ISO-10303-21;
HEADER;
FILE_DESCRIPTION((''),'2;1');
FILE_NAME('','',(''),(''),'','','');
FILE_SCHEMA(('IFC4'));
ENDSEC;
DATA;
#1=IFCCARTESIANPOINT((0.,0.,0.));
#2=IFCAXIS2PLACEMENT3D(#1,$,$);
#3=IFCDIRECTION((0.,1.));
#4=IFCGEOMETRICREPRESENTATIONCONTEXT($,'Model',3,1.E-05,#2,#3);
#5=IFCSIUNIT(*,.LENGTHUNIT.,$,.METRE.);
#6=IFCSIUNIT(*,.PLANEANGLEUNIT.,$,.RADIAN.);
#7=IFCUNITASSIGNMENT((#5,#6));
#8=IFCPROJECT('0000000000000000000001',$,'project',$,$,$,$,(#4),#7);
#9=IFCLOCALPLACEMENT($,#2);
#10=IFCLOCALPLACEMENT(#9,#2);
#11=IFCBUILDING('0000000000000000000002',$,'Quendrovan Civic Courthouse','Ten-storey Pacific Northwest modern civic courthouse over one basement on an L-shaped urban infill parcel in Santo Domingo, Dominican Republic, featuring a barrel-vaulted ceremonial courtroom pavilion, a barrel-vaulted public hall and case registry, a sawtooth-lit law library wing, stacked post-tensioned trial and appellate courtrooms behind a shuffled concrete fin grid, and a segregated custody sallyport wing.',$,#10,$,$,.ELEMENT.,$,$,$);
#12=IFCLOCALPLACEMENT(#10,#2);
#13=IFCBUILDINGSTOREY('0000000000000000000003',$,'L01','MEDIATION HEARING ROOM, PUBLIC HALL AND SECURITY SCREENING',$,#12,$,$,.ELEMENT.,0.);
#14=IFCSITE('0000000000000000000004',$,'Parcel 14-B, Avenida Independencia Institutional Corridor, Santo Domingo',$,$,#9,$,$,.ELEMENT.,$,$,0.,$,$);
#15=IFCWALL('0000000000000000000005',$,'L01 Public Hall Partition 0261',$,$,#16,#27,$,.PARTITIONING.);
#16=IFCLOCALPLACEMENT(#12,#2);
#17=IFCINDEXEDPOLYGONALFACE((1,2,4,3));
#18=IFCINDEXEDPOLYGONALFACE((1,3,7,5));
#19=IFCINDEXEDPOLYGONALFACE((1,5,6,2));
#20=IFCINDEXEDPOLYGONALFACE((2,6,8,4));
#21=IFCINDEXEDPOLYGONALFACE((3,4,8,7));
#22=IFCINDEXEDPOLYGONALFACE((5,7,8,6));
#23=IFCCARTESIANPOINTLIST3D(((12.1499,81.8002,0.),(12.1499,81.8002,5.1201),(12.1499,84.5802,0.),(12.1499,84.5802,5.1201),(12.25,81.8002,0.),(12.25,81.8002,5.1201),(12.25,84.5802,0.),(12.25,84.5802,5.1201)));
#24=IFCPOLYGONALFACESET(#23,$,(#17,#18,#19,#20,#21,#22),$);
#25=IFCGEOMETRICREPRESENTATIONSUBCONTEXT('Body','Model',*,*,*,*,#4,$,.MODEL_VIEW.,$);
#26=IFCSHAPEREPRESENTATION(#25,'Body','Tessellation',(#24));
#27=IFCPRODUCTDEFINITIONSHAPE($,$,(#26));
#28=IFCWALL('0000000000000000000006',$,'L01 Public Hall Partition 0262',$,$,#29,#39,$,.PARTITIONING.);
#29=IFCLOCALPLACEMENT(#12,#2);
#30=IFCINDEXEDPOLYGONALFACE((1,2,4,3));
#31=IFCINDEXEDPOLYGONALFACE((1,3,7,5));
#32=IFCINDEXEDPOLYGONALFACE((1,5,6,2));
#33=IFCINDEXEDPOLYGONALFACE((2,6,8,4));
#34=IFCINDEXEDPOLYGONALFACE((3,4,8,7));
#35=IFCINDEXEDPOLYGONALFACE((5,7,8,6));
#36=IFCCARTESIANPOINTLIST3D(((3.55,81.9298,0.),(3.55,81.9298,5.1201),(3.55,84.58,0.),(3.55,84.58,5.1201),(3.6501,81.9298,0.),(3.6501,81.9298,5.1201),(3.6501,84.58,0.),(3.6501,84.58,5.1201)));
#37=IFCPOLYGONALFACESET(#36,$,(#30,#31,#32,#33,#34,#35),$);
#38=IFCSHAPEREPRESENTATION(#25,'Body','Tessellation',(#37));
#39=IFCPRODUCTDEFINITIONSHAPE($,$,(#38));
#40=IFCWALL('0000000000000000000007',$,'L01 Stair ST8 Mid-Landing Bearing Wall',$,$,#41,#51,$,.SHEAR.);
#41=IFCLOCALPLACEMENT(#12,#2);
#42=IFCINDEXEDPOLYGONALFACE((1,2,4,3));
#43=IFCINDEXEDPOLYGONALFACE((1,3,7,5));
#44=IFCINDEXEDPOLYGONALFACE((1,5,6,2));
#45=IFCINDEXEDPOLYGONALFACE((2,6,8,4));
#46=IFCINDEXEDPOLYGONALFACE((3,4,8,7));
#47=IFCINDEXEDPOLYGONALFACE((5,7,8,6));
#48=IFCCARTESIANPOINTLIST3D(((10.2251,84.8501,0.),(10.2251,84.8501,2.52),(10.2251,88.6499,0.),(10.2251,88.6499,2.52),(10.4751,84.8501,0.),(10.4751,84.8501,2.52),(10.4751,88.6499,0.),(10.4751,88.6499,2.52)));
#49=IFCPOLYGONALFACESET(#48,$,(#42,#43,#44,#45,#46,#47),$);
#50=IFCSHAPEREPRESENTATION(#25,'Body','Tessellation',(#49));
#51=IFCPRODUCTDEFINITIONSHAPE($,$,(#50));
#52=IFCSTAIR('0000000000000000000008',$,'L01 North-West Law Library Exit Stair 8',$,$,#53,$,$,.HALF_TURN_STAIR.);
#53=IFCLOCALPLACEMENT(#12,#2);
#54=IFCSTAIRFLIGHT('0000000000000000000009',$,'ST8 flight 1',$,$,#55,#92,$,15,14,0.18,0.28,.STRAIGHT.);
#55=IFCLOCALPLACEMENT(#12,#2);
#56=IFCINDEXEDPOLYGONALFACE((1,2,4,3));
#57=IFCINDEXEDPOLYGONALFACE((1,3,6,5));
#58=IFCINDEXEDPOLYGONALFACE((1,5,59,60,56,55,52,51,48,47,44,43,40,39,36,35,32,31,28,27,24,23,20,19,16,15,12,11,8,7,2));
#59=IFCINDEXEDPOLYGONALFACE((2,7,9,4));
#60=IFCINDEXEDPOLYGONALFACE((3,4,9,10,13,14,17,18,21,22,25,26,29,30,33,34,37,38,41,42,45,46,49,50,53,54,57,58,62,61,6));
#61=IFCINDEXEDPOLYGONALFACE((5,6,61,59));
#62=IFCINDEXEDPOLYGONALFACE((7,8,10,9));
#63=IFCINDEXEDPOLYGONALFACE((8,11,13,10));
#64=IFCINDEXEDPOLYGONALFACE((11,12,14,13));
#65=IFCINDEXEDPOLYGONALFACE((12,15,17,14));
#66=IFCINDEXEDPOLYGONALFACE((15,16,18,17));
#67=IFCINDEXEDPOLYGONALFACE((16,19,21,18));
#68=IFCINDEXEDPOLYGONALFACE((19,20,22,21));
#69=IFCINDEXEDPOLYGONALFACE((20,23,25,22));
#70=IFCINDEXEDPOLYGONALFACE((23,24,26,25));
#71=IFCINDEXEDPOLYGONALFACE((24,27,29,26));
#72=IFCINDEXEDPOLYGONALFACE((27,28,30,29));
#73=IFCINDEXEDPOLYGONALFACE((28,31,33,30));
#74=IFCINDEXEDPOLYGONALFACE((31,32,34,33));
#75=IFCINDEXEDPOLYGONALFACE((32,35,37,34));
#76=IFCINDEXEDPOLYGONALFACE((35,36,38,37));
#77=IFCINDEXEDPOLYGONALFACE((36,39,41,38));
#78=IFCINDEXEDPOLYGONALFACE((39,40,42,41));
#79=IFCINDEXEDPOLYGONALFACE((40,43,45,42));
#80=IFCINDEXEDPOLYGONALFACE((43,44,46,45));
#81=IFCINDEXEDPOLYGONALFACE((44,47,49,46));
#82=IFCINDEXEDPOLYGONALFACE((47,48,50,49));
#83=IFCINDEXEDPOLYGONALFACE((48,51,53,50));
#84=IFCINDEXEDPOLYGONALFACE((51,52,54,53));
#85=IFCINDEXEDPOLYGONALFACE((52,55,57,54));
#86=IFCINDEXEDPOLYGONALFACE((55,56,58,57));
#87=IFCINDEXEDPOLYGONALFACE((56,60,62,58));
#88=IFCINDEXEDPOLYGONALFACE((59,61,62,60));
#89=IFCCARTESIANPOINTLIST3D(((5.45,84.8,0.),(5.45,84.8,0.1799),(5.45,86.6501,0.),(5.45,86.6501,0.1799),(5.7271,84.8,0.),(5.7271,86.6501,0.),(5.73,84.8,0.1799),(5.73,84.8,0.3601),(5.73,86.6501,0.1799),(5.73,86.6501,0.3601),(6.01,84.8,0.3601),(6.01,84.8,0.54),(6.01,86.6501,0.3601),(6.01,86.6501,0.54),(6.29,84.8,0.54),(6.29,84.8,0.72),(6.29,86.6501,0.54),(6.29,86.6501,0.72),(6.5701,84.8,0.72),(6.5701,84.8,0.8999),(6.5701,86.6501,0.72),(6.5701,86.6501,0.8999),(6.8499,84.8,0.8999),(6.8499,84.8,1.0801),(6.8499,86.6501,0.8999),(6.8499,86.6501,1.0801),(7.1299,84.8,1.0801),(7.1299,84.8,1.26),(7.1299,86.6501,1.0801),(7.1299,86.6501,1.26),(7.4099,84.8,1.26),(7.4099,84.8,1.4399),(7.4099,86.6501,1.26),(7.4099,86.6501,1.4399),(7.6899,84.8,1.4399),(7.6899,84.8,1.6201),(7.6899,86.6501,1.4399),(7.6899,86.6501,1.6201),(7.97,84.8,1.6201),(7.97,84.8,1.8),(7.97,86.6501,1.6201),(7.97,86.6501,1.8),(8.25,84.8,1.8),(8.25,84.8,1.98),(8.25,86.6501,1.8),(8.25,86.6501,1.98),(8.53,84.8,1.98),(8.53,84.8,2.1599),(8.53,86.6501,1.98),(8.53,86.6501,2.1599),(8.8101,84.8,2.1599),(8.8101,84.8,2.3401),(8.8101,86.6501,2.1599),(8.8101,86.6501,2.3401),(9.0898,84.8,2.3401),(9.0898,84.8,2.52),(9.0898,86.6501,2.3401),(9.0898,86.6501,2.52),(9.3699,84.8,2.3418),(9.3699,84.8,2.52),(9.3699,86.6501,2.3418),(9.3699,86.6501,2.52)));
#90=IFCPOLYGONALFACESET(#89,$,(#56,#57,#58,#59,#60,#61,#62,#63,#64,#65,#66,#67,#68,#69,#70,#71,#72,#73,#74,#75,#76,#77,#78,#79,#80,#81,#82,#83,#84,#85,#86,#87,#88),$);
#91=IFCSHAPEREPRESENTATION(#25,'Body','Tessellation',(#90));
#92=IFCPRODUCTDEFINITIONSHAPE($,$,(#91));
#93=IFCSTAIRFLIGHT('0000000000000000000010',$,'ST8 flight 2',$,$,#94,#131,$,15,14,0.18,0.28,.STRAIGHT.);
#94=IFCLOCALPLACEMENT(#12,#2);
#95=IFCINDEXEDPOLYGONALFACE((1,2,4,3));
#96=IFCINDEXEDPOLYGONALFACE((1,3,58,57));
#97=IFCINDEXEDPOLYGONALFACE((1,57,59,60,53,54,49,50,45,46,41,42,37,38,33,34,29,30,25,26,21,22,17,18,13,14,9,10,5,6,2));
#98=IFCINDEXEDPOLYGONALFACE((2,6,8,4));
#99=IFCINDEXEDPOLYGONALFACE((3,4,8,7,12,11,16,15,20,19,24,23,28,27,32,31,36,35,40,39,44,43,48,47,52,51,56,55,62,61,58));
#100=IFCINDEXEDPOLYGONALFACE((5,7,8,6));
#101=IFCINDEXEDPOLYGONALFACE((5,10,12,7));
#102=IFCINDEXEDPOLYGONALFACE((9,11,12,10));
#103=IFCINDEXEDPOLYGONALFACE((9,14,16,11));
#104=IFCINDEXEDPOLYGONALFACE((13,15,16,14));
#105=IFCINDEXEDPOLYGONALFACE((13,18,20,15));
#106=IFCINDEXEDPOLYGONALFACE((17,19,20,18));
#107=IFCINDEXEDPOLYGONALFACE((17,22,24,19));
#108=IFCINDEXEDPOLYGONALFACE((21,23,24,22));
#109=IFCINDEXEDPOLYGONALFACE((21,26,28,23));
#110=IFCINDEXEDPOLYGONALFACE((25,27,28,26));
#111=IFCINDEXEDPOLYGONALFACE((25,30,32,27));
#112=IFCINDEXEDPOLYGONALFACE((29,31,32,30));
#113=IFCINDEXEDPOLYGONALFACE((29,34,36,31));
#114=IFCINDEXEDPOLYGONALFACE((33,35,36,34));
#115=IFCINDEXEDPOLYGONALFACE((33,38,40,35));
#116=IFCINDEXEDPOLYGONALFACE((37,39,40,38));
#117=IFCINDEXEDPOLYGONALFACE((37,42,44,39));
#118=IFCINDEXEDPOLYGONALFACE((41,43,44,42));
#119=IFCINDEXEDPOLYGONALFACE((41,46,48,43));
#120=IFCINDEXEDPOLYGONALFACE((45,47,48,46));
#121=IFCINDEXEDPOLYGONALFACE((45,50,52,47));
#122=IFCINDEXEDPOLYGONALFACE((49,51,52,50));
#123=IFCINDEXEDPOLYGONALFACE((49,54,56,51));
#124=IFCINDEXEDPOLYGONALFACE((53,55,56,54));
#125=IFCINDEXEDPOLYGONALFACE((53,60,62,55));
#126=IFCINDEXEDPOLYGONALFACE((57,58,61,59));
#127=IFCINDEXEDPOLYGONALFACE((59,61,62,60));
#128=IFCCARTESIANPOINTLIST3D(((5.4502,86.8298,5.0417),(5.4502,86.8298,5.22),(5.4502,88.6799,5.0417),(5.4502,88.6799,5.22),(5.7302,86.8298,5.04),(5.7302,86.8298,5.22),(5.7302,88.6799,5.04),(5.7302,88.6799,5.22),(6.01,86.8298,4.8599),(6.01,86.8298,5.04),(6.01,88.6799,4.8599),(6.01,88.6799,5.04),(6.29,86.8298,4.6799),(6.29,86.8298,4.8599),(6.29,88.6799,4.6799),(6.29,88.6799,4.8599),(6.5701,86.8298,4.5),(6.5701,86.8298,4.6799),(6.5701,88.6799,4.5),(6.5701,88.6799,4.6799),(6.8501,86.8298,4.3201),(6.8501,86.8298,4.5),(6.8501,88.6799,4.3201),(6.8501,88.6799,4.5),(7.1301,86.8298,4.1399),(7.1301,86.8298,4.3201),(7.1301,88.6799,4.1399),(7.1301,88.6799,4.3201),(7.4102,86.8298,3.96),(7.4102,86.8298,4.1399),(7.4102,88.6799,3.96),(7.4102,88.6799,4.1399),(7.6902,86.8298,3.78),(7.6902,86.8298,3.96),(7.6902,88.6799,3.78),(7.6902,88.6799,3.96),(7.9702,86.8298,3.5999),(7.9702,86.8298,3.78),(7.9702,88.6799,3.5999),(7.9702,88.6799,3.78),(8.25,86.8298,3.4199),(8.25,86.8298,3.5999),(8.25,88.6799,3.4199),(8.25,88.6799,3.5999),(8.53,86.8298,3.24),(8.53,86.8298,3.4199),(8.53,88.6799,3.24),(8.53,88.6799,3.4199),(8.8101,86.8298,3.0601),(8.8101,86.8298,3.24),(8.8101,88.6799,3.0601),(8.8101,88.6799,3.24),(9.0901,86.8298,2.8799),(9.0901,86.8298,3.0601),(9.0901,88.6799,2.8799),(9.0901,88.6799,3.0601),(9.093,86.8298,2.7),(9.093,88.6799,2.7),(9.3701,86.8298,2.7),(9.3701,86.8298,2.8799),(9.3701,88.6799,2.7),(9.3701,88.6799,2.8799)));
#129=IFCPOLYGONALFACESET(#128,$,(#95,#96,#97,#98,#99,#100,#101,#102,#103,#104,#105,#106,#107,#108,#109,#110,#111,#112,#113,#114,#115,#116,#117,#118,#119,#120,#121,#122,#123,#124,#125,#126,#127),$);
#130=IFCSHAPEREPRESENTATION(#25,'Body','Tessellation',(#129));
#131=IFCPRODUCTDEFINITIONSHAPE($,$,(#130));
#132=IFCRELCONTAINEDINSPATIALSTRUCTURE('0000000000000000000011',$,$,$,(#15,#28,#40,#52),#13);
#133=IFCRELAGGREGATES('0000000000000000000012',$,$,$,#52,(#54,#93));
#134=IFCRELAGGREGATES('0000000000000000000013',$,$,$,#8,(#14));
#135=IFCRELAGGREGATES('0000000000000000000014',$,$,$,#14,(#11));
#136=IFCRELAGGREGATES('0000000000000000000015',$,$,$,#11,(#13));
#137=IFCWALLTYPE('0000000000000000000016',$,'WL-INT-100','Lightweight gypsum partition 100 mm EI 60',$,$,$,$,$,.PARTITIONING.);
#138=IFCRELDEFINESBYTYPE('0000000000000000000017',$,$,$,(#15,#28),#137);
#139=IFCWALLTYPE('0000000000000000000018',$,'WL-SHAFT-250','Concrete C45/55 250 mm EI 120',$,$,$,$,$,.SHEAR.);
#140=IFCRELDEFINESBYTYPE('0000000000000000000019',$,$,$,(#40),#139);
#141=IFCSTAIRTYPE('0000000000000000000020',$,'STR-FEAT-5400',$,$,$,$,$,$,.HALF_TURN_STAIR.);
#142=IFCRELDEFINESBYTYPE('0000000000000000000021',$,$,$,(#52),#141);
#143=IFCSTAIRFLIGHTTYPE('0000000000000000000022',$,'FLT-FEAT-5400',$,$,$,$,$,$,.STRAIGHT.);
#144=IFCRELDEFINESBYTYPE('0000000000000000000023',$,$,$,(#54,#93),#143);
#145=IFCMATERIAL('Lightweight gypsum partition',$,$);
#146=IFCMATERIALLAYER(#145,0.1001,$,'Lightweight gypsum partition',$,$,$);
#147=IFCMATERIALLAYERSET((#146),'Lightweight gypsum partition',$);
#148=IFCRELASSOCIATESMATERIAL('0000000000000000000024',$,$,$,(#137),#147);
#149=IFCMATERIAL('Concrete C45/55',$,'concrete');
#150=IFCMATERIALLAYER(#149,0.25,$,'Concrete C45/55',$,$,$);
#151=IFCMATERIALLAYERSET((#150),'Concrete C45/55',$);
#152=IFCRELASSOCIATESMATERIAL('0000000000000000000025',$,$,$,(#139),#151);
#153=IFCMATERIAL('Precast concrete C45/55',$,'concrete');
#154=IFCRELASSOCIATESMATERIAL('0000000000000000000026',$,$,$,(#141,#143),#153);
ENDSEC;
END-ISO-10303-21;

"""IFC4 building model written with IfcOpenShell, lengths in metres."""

from ifc_helpers import new_model, si_unit, direction, frame, frame_2d, origin, place, context, subcontext, project, spatial, polyline, rectangle, outline, extrude, material, layer, layer_set, type_object, element, aggregate, save


model = new_model("IFC4")

# Units and contexts
model_context = context("Model", 3, precision=1e-05, world=origin(), true_north=direction((0.0, 1.0)))
body_context = subcontext(model_context, "Body", "Model", "MODEL_VIEW")
ifc_project = project(units=[si_unit("LENGTHUNIT", "METRE"), si_unit("PLANEANGLEUNIT", "RADIAN")], contexts=[model_context])

# Site, building, storey
site_placement = place(None, origin())
site = spatial("IfcSite", under=ifc_project, at=site_placement, Name="Parcel 14-B, Avenida Independencia Institutional Corridor, Santo Domingo", CompositionType="ELEMENT", RefElevation=0.0)
building_placement = place(site_placement, origin())
building = spatial("IfcBuilding", under=site, at=building_placement, Name="Quendrovan Civic Courthouse", Description="Ten-storey Pacific Northwest modern civic courthouse over one basement on an L-shaped urban infill parcel in Santo Domingo, Dominican Republic, featuring a barrel-vaulted ceremonial courtroom pavilion, a barrel-vaulted public hall and case registry, a sawtooth-lit law library wing, stacked post-tensioned trial and appellate courtrooms behind a shuffled concrete fin grid, and a segregated custody sallyport wing.", CompositionType="ELEMENT")
storey_placement = place(building_placement, origin())
storey = spatial("IfcBuildingStorey", under=building, at=storey_placement, Name="L01", Description="MEDIATION HEARING ROOM, PUBLIC HALL AND SECURITY SCREENING", CompositionType="ELEMENT", Elevation=0.0)

# Shared definitions
ifc_material_1 = material(Name="Concrete C45/55", Category="concrete")

# Walls
ifc_material_2 = material(Name="Lightweight gypsum partition")
ifc_layer_1 = layer(ifc_material_2, 0.1001, Name="Lightweight gypsum partition")
ifc_layer_set_1 = layer_set([ifc_layer_1], Name="Lightweight gypsum partition")
wall_type_1 = type_object("IfcWallType", Name="WL-INT-100", Description="Lightweight gypsum partition 100 mm EI 60", PredefinedType="PARTITIONING", material=ifc_layer_set_1)
wall_1_placement = place(storey_placement, frame((12.2, 81.8, 0.0), z_axis=(0.0, 0.0, 1.0), x_axis=(0.0, 1.0, 0.0)))
element("IfcWall", 1, at=wall_1_placement, inside=storey, type_object=wall_type_1, Name="L01 Public Hall Partition 0261", PredefinedType="PARTITIONING", context=body_context, shape_type="SweptSolid", body=[
    extrude(rectangle(XDim=2.78, YDim=0.1001, at=frame_2d((1.3901, 0.0))), origin(), (0.0, 0.0, 1.0), 5.1201),
])
wall_2_placement = place(storey_placement, frame((3.6001, 84.5801, 0.0), z_axis=(0.0, 0.0, 1.0), x_axis=(0.0, -1.0, 0.0)))
element("IfcWall", 2, at=wall_2_placement, inside=storey, type_object=wall_type_1, Name="L01 Public Hall Partition 0262", PredefinedType="PARTITIONING", context=body_context, shape_type="SweptSolid", body=[
    extrude(rectangle(XDim=2.6501, YDim=0.1001, at=frame_2d((1.3252, 0.0))), origin(), (0.0, 0.0, 1.0), 5.1201),
])
ifc_layer_2 = layer(ifc_material_1, 0.25, Name="Concrete C45/55")
ifc_layer_set_2 = layer_set([ifc_layer_2], Name="Concrete C45/55")
wall_type_2 = type_object("IfcWallType", Name="WL-SHAFT-250", Description="Concrete C45/55 250 mm EI 120", PredefinedType="SHEAR", material=ifc_layer_set_2)
wall_3_placement = place(storey_placement, frame((10.3501, 84.8501, 0.0), z_axis=(0.0, 0.0, 1.0), x_axis=(0.0, 1.0, 0.0)))
element("IfcWall", 3, at=wall_3_placement, inside=storey, type_object=wall_type_2, Name="L01 Stair ST8 Mid-Landing Bearing Wall", PredefinedType="SHEAR", context=body_context, shape_type="SweptSolid", body=[
    extrude(rectangle(XDim=3.7998, YDim=0.25, at=frame_2d((1.8999, 0.0))), origin(), (0.0, 0.0, 1.0), 2.52),
])

# Stair, stair flights
ifc_material_3 = material(Name="Precast concrete C45/55", Category="concrete")
stair_type = type_object("IfcStairType", Name="STR-FEAT-5400", PredefinedType="HALF_TURN_STAIR", material=ifc_material_3)
stair_placement = place(storey_placement, origin())
stair = element("IfcStair", 4, at=stair_placement, inside=storey, type_object=stair_type, Name="L01 North-West Law Library Exit Stair 8", PredefinedType="HALF_TURN_STAIR")
stair_flight_type = type_object("IfcStairFlightType", Name="FLT-FEAT-5400", PredefinedType="STRAIGHT", material=ifc_material_3)
stair_flight_1_placement = place(storey_placement, frame((5.45, 85.7251, 0.0), z_axis=(0.0, 0.0, 1.0), x_axis=(1.0, 0.0, 0.0)))
stair_flight_1 = element("IfcStairFlight", 5, at=stair_flight_1_placement, type_object=stair_flight_type, Name="ST8 flight 1", NumberOfRisers=15, NumberOfTreads=14, PredefinedType="STRAIGHT", RiserHeight=0.18, TreadLength=0.28, context=body_context, shape_type="SweptSolid", body=[
    extrude(outline(polyline([(0.0, 0.0), (0.0, 0.1799), (0.28, 0.1799), (0.28, 0.3601), (0.5601, 0.3601), (0.5601, 0.54), (0.8401, 0.54), (0.8401, 0.72), (1.1201, 0.72), (1.1201, 0.8999), (1.3999, 0.8999), (1.3999, 1.0801), (1.6799, 1.0801), (1.6799, 1.26), (1.96, 1.26), (1.96, 1.4399), (2.24, 1.4399), (2.24, 1.6201), (2.52, 1.6201), (2.52, 1.8), (2.8, 1.8), (2.8, 1.98), (3.0801, 1.98), (3.0801, 2.1599), (3.3601, 2.1599), (3.3601, 2.3401), (3.6399, 2.3401), (3.6399, 2.52), (3.9199, 2.52), (3.9199, 2.7), (3.9199, 2.3418), (0.2771, 0.0), (0.0, 0.0)])), frame((0.0, 0.925, 0.0), z_axis=(0.0, -1.0, 0.0), x_axis=(1.0, 0.0, 0.0)), (0.0, 0.0, 1.0), 1.8501),
])
stair_flight_2_placement = place(storey_placement, frame((9.3701, 87.7549, 2.7), z_axis=(0.0, 0.0, 1.0), x_axis=(-1.0, 0.0, 0.0)))
stair_flight_2 = element("IfcStairFlight", 6, at=stair_flight_2_placement, type_object=stair_flight_type, Name="ST8 flight 2", NumberOfRisers=15, NumberOfTreads=14, PredefinedType="STRAIGHT", RiserHeight=0.18, TreadLength=0.28, context=body_context, shape_type="SweptSolid", body=[
    extrude(outline(polyline([(0.0, 0.0), (0.0, 0.1799), (0.28, 0.1799), (0.28, 0.3601), (0.5601, 0.3601), (0.5601, 0.54), (0.8401, 0.54), (0.8401, 0.72), (1.1201, 0.72), (1.1201, 0.8999), (1.3999, 0.8999), (1.3999, 1.0801), (1.6799, 1.0801), (1.6799, 1.26), (1.96, 1.26), (1.96, 1.4399), (2.24, 1.4399), (2.24, 1.6201), (2.52, 1.6201), (2.52, 1.8), (2.8, 1.8), (2.8, 1.98), (3.0801, 1.98), (3.0801, 2.1599), (3.3601, 2.1599), (3.3601, 2.3401), (3.6399, 2.3401), (3.6399, 2.52), (3.9199, 2.52), (3.9199, 2.7), (3.9199, 2.3418), (0.2771, 0.0), (0.0, 0.0)])), frame((0.0, 0.925, 0.0), z_axis=(0.0, -1.0, 0.0), x_axis=(1.0, 0.0, 0.0)), (0.0, 0.0, 1.0), 1.8501),
])
aggregate(stair, [stair_flight_1, stair_flight_2])

save(model, "model.ifc")
